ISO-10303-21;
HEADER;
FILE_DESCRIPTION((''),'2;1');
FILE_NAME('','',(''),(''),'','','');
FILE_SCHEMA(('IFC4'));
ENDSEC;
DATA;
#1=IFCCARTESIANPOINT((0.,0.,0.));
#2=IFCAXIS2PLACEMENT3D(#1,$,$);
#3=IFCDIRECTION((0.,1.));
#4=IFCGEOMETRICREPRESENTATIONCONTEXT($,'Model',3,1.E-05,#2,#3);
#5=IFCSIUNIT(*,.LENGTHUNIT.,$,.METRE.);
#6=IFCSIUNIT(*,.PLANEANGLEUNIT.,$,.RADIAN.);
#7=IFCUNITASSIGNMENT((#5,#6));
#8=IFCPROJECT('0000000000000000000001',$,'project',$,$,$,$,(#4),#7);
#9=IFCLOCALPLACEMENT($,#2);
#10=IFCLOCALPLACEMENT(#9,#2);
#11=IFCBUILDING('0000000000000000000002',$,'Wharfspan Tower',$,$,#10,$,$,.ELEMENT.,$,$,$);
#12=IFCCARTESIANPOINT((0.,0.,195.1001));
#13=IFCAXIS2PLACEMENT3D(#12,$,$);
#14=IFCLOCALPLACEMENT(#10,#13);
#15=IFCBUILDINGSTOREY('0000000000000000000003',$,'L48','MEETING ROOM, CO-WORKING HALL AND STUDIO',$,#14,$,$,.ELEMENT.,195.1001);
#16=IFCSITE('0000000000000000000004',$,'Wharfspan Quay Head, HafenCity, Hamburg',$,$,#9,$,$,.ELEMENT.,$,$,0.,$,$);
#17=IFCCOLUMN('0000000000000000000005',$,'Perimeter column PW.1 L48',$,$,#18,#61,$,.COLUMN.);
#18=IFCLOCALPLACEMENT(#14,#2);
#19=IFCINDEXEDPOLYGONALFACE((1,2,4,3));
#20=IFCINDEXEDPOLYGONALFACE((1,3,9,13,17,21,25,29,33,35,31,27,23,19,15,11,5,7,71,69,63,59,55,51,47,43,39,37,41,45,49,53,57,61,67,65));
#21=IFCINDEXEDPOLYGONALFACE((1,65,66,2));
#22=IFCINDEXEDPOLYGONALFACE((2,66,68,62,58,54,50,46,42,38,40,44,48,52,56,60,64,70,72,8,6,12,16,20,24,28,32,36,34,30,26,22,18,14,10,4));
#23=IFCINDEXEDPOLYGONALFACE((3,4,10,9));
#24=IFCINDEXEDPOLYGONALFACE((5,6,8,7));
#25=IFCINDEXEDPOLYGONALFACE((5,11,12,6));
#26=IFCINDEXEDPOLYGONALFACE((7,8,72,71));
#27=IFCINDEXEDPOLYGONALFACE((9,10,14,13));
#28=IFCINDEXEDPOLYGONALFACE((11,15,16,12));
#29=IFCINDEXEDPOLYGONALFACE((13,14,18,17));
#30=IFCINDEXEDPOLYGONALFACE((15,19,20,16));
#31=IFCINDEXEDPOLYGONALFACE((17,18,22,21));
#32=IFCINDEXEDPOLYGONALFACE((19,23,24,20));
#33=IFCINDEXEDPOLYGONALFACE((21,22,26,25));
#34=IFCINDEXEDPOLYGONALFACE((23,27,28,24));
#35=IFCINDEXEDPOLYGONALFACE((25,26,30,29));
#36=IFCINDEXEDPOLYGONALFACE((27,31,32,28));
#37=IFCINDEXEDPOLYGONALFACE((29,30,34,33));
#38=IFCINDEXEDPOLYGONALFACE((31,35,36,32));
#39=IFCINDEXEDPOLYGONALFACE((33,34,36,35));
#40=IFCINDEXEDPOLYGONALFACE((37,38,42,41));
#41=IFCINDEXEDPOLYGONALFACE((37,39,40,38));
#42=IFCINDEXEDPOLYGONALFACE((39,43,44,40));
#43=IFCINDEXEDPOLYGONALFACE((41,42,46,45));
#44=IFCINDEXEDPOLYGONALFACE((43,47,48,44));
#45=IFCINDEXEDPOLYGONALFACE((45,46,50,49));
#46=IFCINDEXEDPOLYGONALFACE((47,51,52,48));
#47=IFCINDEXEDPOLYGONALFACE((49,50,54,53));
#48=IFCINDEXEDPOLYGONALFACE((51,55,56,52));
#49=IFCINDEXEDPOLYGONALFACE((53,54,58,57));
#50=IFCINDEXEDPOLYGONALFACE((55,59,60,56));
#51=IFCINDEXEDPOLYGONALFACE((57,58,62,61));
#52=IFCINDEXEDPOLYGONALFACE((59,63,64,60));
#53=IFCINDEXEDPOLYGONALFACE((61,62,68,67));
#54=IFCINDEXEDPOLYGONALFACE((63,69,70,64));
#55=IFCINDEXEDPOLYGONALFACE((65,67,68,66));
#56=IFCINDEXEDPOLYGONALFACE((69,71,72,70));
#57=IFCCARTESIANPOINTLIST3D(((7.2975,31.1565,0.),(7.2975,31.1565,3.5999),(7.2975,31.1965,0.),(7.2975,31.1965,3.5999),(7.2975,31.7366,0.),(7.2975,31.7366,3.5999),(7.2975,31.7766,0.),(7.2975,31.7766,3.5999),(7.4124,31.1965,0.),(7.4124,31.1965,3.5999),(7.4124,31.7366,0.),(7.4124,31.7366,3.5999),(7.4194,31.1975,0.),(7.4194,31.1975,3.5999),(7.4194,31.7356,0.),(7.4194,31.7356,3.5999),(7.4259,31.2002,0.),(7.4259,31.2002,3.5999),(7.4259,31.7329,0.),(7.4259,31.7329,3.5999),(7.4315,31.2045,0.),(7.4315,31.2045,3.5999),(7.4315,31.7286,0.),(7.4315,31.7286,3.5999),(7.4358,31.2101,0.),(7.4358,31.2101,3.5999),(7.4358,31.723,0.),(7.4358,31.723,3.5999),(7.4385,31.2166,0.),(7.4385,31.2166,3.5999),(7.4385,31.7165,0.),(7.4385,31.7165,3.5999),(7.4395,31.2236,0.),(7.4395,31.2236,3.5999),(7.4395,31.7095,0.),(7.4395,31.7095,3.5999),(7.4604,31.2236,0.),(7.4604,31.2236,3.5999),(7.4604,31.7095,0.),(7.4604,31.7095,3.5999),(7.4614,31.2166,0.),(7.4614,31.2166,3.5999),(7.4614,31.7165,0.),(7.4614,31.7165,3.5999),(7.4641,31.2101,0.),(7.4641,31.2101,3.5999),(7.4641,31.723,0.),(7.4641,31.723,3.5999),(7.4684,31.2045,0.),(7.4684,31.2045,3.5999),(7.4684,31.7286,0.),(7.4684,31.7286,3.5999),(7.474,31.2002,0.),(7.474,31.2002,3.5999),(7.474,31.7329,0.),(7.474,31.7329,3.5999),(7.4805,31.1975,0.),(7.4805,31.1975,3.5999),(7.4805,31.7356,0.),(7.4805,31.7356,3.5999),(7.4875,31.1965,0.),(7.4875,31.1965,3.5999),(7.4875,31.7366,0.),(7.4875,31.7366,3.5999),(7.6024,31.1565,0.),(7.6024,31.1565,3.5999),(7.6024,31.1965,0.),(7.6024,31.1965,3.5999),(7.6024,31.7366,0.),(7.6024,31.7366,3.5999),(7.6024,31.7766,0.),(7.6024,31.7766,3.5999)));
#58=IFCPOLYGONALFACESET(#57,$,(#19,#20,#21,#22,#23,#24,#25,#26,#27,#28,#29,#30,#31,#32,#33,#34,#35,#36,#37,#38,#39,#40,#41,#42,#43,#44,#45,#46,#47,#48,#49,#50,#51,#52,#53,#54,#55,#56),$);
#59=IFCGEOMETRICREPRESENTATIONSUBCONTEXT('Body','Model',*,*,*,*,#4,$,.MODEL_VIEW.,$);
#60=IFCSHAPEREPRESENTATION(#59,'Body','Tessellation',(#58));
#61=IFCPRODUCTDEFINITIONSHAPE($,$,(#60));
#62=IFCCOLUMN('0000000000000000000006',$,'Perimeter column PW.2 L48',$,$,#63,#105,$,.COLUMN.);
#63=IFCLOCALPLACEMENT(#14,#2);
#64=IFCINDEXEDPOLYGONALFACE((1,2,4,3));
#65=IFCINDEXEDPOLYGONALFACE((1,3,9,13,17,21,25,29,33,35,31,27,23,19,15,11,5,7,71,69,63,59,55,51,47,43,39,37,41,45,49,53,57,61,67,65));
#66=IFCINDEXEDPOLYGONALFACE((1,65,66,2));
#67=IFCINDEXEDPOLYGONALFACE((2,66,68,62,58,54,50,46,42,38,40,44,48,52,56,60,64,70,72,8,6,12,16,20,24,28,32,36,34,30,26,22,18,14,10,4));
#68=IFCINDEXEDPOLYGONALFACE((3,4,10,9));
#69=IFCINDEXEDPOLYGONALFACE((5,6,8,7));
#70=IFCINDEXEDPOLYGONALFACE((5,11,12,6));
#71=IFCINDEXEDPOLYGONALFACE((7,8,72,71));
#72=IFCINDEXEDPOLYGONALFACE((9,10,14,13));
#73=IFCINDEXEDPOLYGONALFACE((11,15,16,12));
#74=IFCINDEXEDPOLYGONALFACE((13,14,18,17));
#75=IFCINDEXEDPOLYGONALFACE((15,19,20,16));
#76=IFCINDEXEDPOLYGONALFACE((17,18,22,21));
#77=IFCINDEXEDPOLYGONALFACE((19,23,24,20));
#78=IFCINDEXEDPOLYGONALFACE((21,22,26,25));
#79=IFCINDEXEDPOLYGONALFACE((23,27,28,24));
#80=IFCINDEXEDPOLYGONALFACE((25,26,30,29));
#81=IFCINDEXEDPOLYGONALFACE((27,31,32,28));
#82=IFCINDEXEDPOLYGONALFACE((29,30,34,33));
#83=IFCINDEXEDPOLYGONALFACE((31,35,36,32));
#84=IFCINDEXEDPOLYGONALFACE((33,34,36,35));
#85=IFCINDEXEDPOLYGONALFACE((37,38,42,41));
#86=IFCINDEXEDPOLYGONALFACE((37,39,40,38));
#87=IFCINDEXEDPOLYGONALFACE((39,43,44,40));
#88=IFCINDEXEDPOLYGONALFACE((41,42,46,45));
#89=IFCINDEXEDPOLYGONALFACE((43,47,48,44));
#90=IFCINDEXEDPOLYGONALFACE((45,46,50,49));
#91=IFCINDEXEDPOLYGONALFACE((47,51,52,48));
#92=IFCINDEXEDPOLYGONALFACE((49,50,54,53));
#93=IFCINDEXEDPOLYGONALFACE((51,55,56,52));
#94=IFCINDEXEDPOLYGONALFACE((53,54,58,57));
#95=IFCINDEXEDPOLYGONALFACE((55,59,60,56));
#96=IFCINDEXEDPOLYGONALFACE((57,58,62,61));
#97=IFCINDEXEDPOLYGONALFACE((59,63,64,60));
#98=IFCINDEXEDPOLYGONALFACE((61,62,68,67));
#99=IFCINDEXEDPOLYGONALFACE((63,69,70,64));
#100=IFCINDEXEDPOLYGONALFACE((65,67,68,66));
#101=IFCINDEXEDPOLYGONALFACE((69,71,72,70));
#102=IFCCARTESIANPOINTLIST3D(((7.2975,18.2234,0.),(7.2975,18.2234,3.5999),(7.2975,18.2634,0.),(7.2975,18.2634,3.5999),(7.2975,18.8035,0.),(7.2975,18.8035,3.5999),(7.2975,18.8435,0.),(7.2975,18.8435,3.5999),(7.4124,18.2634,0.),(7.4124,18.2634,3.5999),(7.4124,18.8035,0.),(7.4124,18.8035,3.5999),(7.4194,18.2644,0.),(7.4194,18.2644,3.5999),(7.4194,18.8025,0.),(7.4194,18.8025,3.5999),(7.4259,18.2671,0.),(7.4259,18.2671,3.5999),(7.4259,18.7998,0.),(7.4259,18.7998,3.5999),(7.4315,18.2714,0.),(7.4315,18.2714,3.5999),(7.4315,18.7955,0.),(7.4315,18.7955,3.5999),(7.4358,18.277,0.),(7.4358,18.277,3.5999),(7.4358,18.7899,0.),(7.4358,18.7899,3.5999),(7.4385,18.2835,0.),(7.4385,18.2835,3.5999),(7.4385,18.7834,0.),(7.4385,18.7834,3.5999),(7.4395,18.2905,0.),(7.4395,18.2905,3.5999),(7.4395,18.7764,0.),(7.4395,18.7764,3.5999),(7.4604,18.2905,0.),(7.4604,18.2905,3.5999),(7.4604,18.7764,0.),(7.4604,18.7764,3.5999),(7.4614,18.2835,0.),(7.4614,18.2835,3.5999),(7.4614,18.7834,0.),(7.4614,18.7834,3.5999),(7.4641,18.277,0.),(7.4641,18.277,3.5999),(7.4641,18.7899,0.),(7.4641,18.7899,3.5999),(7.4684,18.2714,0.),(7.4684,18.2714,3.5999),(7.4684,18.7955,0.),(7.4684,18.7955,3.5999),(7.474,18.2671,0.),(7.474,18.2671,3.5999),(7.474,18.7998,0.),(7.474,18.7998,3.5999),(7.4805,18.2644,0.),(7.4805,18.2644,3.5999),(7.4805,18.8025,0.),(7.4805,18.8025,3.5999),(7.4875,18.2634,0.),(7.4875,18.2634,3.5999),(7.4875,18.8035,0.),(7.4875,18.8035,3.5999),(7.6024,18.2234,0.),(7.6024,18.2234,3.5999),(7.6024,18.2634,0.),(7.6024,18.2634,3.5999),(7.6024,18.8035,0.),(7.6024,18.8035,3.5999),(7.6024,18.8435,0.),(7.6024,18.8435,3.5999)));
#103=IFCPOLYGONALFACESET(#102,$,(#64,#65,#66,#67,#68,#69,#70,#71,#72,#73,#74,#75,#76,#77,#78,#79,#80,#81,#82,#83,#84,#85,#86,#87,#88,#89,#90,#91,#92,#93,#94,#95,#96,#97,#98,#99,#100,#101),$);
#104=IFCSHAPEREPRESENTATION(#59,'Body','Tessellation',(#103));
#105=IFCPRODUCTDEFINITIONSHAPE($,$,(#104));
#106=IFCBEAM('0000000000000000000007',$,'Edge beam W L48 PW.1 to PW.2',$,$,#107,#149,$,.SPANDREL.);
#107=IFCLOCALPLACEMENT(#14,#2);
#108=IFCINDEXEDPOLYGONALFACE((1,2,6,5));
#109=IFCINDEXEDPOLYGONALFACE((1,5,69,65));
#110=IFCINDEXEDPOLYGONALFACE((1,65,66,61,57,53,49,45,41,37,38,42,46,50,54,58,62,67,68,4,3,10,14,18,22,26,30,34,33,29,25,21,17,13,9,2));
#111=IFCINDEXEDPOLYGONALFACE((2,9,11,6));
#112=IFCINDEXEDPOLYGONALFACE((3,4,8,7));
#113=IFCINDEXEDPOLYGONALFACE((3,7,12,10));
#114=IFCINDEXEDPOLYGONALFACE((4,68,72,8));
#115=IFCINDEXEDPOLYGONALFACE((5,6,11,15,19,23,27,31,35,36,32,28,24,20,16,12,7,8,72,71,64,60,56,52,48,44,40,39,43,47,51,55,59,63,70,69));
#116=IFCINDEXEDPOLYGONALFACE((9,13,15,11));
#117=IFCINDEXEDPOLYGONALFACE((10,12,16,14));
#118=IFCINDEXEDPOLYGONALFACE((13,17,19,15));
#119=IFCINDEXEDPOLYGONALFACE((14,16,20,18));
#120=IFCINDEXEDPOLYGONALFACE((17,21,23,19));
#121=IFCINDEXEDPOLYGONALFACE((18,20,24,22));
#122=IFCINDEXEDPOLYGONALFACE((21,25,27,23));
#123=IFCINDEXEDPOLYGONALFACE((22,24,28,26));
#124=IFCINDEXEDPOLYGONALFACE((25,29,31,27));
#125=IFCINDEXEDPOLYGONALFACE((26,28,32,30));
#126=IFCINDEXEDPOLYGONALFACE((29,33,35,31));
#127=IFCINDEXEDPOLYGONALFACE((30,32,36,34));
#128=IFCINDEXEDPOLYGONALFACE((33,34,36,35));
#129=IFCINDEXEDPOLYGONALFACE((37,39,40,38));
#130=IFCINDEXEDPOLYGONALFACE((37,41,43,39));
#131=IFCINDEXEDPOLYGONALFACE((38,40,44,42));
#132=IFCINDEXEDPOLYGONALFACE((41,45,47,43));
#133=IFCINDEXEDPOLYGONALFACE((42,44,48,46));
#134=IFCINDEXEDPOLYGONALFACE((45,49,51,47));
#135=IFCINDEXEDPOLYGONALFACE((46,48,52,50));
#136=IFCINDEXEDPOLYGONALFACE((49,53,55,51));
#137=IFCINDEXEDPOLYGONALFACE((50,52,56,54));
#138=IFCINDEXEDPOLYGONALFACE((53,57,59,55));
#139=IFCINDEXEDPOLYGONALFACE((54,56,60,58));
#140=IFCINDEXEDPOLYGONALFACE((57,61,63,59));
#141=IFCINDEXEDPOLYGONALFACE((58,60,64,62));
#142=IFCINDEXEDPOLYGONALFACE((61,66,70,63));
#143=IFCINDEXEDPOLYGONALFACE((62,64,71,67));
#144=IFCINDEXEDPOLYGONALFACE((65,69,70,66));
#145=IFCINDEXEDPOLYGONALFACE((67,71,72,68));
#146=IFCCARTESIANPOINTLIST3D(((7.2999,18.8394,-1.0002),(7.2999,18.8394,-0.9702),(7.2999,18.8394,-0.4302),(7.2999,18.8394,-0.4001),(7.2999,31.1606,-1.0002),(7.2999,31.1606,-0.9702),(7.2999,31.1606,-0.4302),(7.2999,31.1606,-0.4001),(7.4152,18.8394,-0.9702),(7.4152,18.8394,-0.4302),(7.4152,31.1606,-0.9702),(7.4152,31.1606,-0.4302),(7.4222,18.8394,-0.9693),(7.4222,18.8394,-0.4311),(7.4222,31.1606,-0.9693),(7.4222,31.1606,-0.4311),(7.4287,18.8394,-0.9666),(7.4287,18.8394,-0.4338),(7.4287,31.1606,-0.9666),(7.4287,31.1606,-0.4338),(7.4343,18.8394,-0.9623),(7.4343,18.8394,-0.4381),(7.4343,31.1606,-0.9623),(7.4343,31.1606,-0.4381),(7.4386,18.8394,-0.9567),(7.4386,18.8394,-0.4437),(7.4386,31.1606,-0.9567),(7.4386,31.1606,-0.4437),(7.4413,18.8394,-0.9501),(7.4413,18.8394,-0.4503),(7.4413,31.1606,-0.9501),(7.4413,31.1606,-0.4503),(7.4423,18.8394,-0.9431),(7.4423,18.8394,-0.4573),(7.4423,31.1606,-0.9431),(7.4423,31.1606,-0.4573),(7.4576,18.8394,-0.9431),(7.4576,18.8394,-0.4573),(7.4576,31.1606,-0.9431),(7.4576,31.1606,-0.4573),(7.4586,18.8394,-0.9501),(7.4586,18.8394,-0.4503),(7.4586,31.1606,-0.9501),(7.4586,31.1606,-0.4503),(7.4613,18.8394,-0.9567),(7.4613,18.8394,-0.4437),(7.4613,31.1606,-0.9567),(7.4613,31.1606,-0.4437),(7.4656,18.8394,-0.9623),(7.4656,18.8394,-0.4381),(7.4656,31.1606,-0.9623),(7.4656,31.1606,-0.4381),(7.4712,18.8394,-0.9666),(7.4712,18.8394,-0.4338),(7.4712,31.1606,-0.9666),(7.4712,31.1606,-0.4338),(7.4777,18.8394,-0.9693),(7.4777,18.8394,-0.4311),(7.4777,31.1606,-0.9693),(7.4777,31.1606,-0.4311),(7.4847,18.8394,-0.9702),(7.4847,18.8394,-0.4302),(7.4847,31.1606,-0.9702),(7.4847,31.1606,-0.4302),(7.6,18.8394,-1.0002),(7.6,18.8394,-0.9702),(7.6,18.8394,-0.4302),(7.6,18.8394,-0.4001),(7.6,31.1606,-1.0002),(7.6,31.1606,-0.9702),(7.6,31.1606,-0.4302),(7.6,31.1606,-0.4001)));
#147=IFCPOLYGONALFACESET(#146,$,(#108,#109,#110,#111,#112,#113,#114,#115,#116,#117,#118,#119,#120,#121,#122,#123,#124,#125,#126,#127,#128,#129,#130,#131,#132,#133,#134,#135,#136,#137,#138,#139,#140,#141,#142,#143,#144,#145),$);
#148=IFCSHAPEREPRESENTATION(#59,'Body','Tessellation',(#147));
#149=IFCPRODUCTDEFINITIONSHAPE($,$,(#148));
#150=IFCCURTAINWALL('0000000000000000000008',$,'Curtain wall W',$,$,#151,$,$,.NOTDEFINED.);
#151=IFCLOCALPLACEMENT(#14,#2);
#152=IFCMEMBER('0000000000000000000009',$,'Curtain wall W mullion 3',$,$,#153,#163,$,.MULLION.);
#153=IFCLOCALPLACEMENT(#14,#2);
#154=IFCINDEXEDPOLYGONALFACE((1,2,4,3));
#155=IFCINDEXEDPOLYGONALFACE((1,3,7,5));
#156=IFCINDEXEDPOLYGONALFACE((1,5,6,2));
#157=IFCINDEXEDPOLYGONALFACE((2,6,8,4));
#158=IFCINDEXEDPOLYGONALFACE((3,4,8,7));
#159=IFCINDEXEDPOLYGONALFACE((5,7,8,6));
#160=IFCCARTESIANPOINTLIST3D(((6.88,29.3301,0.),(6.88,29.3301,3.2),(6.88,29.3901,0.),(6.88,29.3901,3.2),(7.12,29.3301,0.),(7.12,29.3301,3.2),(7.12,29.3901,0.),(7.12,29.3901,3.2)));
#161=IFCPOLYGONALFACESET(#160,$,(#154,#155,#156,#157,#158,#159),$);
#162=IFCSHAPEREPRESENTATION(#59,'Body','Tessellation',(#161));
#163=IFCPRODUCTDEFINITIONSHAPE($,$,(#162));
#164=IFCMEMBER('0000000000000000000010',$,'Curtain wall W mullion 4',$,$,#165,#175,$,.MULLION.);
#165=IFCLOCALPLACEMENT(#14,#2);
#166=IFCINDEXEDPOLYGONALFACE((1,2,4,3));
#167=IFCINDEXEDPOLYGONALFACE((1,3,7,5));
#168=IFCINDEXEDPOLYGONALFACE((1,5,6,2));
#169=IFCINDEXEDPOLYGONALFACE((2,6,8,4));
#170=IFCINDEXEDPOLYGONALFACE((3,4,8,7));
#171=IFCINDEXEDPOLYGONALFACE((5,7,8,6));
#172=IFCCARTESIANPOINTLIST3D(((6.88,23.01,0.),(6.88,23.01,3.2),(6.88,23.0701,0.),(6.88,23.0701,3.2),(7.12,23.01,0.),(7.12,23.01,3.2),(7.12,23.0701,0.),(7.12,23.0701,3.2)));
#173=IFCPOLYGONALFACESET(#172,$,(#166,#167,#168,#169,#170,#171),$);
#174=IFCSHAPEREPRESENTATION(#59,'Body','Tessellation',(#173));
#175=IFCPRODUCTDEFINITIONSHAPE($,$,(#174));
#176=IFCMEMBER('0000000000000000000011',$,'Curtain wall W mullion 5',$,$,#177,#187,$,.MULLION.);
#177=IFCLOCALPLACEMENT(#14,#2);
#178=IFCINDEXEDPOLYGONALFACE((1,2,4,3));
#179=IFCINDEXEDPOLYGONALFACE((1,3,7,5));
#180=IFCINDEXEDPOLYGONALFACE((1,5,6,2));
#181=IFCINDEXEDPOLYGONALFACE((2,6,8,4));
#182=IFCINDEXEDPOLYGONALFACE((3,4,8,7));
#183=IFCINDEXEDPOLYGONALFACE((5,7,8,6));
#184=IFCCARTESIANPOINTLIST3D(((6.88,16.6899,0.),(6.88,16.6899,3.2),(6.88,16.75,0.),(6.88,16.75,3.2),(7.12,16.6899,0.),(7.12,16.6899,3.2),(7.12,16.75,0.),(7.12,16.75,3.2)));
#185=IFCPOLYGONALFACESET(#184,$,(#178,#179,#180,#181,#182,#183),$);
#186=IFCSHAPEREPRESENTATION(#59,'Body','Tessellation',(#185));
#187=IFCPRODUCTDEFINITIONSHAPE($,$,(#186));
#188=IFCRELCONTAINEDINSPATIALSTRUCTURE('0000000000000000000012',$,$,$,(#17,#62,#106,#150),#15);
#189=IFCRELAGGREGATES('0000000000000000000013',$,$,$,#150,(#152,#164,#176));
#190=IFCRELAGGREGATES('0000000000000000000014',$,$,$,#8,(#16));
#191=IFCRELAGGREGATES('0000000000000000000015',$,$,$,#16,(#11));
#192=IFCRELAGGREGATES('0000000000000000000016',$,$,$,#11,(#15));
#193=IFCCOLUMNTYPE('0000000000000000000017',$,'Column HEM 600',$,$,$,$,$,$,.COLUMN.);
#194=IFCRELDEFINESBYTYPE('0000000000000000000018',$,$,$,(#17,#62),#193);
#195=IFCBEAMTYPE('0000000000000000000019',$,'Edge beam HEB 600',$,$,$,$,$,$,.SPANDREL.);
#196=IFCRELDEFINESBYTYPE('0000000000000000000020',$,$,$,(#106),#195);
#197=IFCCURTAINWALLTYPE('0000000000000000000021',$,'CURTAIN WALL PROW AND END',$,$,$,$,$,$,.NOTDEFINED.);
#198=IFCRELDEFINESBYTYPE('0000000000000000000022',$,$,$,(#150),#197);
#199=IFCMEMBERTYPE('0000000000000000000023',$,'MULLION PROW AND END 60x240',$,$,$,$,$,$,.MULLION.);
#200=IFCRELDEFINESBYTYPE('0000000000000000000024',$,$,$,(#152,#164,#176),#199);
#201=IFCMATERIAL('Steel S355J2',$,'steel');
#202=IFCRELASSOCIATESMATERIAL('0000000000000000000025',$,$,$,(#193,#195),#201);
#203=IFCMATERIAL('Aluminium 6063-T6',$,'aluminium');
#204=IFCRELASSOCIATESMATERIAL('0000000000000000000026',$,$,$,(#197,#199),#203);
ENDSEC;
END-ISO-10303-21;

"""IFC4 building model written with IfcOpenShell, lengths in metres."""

from ifc_helpers import new_model, si_unit, direction, frame, origin, origin_2d, place, context, subcontext, project, spatial, rectangle, i_section, extrude, material, material_profile, profile_set, type_object, element, aggregate, save


model = new_model("IFC4")

# Units and contexts
model_context = context("Model", 3, precision=1e-05, world=origin(), true_north=direction((0.0, 1.0)))
body_context = subcontext(model_context, "Body", "Model", "MODEL_VIEW")
ifc_project = project(units=[si_unit("LENGTHUNIT", "METRE"), si_unit("PLANEANGLEUNIT", "RADIAN")], contexts=[model_context])

# Site, building, storey
site_placement = place(None, origin())
site = spatial("IfcSite", under=ifc_project, at=site_placement, Name="Wharfspan Quay Head, HafenCity, Hamburg", CompositionType="ELEMENT", RefElevation=0.0)
building_placement = place(site_placement, origin())
building = spatial("IfcBuilding", under=site, at=building_placement, Name="Wharfspan Tower", CompositionType="ELEMENT")
storey_placement = place(building_placement, frame((0.0, 0.0, 195.1001)))
storey = spatial("IfcBuildingStorey", under=building, at=storey_placement, Name="L48", Description="MEETING ROOM, CO-WORKING HALL AND STUDIO", CompositionType="ELEMENT", Elevation=195.1001)

# Columns
ifc_material_1 = material(Name="Steel S355J2", Category="steel")
ifc_material_profile_1 = material_profile(ifc_material_1, i_section(OverallWidth=0.3049, OverallDepth=0.6201, WebThickness=0.021, FlangeThickness=0.04, FilletRadius=0.0271, at=origin_2d()))
ifc_profile_set_1 = profile_set([ifc_material_profile_1], Name="Steel S355J2")
column_type = type_object("IfcColumnType", Name="Column HEM 600", PredefinedType="COLUMN", material=ifc_profile_set_1)
for number, where, z_axis, x_axis, name in (
    (1, (7.45, 31.4666, 0.0), (0.0, 0.0, 1.0), (-1.0, 0.0, 0.0), "Perimeter column PW.1 L48"),
    (2, (7.45, 18.5334, 0.0), (0.0, 0.0, 1.0), (-1.0, 0.0, 0.0), "Perimeter column PW.2 L48"),
):
    element("IfcColumn", number, at=place(storey_placement, frame(where, z_axis=z_axis, x_axis=x_axis)), inside=storey, type_object=column_type, Name=name, PredefinedType="COLUMN", context=body_context, shape_type="SweptSolid", body=[
        extrude(i_section(OverallWidth=0.3049, OverallDepth=0.6201, WebThickness=0.021, FlangeThickness=0.04, FilletRadius=0.0271, at=origin_2d()), origin(), (0.0, 0.0, 1.0), 3.5999),
    ])

# Beam
ifc_material_profile_2 = material_profile(ifc_material_1, i_section(OverallWidth=0.3, OverallDepth=0.6001, WebThickness=0.0154, FlangeThickness=0.03, FilletRadius=0.0271, at=origin_2d()))
ifc_profile_set_2 = profile_set([ifc_material_profile_2], Name="Steel S355J2")
beam_type = type_object("IfcBeamType", Name="Edge beam HEB 600", PredefinedType="SPANDREL", material=ifc_profile_set_2)
beam_placement = place(storey_placement, frame((7.45, 31.1606, -0.7002), z_axis=(0.0, -1.0, 0.0), x_axis=(1.0, 0.0, 0.0)))
element("IfcBeam", 3, at=beam_placement, inside=storey, type_object=beam_type, Name="Edge beam W L48 PW.1 to PW.2", PredefinedType="SPANDREL", context=body_context, shape_type="SweptSolid", body=[
    extrude(i_section(OverallWidth=0.3, OverallDepth=0.6001, WebThickness=0.0154, FlangeThickness=0.03, FilletRadius=0.0271, at=origin_2d()), origin(), (0.0, 0.0, 1.0), 12.3213),
])

# Curtain wall, members
ifc_material_2 = material(Name="Aluminium 6063-T6", Category="aluminium")
curtain_wall_type = type_object("IfcCurtainWallType", Name="CURTAIN WALL PROW AND END", PredefinedType="NOTDEFINED", material=ifc_material_2)
curtain_wall_placement = place(storey_placement, origin())
curtain_wall = element("IfcCurtainWall", 4, at=curtain_wall_placement, inside=storey, type_object=curtain_wall_type, Name="Curtain wall W", PredefinedType="NOTDEFINED")
ifc_material_profile_3 = material_profile(ifc_material_2, rectangle(XDim=0.24, YDim=0.0601, at=origin_2d()))
ifc_profile_set_3 = profile_set([ifc_material_profile_3], Name="Aluminium 6063-T6")
member_type_1 = type_object("IfcMemberType", Name="MULLION PROW AND END 60x240", PredefinedType="MULLION", material=ifc_profile_set_3)
member_1_placement = place(storey_placement, frame((7.0, 29.3601, 0.0), z_axis=(0.0, 0.0, 1.0), x_axis=(1.0, 0.0, 0.0)))
member_1 = element("IfcMember", 5, at=member_1_placement, type_object=member_type_1, Name="Curtain wall W mullion 3", PredefinedType="MULLION", context=body_context, shape_type="SweptSolid", body=[
    extrude(rectangle(XDim=0.24, YDim=0.0601, at=origin_2d()), origin(), (0.0, 0.0, 1.0), 3.2),
])
member_2_placement = place(storey_placement, frame((7.0, 23.04, 0.0), z_axis=(0.0, 0.0, 1.0), x_axis=(1.0, 0.0, 0.0)))
member_2 = element("IfcMember", 6, at=member_2_placement, type_object=member_type_1, Name="Curtain wall W mullion 4", PredefinedType="MULLION", context=body_context, shape_type="SweptSolid", body=[
    extrude(rectangle(XDim=0.24, YDim=0.0601, at=origin_2d()), origin(), (0.0, 0.0, 1.0), 3.2),
])
member_3_placement = place(storey_placement, frame((7.0, 16.72, 0.0), z_axis=(0.0, 0.0, 1.0), x_axis=(1.0, 0.0, 0.0)))
member_3 = element("IfcMember", 7, at=member_3_placement, type_object=member_type_1, Name="Curtain wall W mullion 5", PredefinedType="MULLION", context=body_context, shape_type="SweptSolid", body=[
    extrude(rectangle(XDim=0.24, YDim=0.0601, at=origin_2d()), origin(), (0.0, 0.0, 1.0), 3.2),
])

aggregate(curtain_wall, [member_1, member_2, member_3])

save(model, "model.ifc")
